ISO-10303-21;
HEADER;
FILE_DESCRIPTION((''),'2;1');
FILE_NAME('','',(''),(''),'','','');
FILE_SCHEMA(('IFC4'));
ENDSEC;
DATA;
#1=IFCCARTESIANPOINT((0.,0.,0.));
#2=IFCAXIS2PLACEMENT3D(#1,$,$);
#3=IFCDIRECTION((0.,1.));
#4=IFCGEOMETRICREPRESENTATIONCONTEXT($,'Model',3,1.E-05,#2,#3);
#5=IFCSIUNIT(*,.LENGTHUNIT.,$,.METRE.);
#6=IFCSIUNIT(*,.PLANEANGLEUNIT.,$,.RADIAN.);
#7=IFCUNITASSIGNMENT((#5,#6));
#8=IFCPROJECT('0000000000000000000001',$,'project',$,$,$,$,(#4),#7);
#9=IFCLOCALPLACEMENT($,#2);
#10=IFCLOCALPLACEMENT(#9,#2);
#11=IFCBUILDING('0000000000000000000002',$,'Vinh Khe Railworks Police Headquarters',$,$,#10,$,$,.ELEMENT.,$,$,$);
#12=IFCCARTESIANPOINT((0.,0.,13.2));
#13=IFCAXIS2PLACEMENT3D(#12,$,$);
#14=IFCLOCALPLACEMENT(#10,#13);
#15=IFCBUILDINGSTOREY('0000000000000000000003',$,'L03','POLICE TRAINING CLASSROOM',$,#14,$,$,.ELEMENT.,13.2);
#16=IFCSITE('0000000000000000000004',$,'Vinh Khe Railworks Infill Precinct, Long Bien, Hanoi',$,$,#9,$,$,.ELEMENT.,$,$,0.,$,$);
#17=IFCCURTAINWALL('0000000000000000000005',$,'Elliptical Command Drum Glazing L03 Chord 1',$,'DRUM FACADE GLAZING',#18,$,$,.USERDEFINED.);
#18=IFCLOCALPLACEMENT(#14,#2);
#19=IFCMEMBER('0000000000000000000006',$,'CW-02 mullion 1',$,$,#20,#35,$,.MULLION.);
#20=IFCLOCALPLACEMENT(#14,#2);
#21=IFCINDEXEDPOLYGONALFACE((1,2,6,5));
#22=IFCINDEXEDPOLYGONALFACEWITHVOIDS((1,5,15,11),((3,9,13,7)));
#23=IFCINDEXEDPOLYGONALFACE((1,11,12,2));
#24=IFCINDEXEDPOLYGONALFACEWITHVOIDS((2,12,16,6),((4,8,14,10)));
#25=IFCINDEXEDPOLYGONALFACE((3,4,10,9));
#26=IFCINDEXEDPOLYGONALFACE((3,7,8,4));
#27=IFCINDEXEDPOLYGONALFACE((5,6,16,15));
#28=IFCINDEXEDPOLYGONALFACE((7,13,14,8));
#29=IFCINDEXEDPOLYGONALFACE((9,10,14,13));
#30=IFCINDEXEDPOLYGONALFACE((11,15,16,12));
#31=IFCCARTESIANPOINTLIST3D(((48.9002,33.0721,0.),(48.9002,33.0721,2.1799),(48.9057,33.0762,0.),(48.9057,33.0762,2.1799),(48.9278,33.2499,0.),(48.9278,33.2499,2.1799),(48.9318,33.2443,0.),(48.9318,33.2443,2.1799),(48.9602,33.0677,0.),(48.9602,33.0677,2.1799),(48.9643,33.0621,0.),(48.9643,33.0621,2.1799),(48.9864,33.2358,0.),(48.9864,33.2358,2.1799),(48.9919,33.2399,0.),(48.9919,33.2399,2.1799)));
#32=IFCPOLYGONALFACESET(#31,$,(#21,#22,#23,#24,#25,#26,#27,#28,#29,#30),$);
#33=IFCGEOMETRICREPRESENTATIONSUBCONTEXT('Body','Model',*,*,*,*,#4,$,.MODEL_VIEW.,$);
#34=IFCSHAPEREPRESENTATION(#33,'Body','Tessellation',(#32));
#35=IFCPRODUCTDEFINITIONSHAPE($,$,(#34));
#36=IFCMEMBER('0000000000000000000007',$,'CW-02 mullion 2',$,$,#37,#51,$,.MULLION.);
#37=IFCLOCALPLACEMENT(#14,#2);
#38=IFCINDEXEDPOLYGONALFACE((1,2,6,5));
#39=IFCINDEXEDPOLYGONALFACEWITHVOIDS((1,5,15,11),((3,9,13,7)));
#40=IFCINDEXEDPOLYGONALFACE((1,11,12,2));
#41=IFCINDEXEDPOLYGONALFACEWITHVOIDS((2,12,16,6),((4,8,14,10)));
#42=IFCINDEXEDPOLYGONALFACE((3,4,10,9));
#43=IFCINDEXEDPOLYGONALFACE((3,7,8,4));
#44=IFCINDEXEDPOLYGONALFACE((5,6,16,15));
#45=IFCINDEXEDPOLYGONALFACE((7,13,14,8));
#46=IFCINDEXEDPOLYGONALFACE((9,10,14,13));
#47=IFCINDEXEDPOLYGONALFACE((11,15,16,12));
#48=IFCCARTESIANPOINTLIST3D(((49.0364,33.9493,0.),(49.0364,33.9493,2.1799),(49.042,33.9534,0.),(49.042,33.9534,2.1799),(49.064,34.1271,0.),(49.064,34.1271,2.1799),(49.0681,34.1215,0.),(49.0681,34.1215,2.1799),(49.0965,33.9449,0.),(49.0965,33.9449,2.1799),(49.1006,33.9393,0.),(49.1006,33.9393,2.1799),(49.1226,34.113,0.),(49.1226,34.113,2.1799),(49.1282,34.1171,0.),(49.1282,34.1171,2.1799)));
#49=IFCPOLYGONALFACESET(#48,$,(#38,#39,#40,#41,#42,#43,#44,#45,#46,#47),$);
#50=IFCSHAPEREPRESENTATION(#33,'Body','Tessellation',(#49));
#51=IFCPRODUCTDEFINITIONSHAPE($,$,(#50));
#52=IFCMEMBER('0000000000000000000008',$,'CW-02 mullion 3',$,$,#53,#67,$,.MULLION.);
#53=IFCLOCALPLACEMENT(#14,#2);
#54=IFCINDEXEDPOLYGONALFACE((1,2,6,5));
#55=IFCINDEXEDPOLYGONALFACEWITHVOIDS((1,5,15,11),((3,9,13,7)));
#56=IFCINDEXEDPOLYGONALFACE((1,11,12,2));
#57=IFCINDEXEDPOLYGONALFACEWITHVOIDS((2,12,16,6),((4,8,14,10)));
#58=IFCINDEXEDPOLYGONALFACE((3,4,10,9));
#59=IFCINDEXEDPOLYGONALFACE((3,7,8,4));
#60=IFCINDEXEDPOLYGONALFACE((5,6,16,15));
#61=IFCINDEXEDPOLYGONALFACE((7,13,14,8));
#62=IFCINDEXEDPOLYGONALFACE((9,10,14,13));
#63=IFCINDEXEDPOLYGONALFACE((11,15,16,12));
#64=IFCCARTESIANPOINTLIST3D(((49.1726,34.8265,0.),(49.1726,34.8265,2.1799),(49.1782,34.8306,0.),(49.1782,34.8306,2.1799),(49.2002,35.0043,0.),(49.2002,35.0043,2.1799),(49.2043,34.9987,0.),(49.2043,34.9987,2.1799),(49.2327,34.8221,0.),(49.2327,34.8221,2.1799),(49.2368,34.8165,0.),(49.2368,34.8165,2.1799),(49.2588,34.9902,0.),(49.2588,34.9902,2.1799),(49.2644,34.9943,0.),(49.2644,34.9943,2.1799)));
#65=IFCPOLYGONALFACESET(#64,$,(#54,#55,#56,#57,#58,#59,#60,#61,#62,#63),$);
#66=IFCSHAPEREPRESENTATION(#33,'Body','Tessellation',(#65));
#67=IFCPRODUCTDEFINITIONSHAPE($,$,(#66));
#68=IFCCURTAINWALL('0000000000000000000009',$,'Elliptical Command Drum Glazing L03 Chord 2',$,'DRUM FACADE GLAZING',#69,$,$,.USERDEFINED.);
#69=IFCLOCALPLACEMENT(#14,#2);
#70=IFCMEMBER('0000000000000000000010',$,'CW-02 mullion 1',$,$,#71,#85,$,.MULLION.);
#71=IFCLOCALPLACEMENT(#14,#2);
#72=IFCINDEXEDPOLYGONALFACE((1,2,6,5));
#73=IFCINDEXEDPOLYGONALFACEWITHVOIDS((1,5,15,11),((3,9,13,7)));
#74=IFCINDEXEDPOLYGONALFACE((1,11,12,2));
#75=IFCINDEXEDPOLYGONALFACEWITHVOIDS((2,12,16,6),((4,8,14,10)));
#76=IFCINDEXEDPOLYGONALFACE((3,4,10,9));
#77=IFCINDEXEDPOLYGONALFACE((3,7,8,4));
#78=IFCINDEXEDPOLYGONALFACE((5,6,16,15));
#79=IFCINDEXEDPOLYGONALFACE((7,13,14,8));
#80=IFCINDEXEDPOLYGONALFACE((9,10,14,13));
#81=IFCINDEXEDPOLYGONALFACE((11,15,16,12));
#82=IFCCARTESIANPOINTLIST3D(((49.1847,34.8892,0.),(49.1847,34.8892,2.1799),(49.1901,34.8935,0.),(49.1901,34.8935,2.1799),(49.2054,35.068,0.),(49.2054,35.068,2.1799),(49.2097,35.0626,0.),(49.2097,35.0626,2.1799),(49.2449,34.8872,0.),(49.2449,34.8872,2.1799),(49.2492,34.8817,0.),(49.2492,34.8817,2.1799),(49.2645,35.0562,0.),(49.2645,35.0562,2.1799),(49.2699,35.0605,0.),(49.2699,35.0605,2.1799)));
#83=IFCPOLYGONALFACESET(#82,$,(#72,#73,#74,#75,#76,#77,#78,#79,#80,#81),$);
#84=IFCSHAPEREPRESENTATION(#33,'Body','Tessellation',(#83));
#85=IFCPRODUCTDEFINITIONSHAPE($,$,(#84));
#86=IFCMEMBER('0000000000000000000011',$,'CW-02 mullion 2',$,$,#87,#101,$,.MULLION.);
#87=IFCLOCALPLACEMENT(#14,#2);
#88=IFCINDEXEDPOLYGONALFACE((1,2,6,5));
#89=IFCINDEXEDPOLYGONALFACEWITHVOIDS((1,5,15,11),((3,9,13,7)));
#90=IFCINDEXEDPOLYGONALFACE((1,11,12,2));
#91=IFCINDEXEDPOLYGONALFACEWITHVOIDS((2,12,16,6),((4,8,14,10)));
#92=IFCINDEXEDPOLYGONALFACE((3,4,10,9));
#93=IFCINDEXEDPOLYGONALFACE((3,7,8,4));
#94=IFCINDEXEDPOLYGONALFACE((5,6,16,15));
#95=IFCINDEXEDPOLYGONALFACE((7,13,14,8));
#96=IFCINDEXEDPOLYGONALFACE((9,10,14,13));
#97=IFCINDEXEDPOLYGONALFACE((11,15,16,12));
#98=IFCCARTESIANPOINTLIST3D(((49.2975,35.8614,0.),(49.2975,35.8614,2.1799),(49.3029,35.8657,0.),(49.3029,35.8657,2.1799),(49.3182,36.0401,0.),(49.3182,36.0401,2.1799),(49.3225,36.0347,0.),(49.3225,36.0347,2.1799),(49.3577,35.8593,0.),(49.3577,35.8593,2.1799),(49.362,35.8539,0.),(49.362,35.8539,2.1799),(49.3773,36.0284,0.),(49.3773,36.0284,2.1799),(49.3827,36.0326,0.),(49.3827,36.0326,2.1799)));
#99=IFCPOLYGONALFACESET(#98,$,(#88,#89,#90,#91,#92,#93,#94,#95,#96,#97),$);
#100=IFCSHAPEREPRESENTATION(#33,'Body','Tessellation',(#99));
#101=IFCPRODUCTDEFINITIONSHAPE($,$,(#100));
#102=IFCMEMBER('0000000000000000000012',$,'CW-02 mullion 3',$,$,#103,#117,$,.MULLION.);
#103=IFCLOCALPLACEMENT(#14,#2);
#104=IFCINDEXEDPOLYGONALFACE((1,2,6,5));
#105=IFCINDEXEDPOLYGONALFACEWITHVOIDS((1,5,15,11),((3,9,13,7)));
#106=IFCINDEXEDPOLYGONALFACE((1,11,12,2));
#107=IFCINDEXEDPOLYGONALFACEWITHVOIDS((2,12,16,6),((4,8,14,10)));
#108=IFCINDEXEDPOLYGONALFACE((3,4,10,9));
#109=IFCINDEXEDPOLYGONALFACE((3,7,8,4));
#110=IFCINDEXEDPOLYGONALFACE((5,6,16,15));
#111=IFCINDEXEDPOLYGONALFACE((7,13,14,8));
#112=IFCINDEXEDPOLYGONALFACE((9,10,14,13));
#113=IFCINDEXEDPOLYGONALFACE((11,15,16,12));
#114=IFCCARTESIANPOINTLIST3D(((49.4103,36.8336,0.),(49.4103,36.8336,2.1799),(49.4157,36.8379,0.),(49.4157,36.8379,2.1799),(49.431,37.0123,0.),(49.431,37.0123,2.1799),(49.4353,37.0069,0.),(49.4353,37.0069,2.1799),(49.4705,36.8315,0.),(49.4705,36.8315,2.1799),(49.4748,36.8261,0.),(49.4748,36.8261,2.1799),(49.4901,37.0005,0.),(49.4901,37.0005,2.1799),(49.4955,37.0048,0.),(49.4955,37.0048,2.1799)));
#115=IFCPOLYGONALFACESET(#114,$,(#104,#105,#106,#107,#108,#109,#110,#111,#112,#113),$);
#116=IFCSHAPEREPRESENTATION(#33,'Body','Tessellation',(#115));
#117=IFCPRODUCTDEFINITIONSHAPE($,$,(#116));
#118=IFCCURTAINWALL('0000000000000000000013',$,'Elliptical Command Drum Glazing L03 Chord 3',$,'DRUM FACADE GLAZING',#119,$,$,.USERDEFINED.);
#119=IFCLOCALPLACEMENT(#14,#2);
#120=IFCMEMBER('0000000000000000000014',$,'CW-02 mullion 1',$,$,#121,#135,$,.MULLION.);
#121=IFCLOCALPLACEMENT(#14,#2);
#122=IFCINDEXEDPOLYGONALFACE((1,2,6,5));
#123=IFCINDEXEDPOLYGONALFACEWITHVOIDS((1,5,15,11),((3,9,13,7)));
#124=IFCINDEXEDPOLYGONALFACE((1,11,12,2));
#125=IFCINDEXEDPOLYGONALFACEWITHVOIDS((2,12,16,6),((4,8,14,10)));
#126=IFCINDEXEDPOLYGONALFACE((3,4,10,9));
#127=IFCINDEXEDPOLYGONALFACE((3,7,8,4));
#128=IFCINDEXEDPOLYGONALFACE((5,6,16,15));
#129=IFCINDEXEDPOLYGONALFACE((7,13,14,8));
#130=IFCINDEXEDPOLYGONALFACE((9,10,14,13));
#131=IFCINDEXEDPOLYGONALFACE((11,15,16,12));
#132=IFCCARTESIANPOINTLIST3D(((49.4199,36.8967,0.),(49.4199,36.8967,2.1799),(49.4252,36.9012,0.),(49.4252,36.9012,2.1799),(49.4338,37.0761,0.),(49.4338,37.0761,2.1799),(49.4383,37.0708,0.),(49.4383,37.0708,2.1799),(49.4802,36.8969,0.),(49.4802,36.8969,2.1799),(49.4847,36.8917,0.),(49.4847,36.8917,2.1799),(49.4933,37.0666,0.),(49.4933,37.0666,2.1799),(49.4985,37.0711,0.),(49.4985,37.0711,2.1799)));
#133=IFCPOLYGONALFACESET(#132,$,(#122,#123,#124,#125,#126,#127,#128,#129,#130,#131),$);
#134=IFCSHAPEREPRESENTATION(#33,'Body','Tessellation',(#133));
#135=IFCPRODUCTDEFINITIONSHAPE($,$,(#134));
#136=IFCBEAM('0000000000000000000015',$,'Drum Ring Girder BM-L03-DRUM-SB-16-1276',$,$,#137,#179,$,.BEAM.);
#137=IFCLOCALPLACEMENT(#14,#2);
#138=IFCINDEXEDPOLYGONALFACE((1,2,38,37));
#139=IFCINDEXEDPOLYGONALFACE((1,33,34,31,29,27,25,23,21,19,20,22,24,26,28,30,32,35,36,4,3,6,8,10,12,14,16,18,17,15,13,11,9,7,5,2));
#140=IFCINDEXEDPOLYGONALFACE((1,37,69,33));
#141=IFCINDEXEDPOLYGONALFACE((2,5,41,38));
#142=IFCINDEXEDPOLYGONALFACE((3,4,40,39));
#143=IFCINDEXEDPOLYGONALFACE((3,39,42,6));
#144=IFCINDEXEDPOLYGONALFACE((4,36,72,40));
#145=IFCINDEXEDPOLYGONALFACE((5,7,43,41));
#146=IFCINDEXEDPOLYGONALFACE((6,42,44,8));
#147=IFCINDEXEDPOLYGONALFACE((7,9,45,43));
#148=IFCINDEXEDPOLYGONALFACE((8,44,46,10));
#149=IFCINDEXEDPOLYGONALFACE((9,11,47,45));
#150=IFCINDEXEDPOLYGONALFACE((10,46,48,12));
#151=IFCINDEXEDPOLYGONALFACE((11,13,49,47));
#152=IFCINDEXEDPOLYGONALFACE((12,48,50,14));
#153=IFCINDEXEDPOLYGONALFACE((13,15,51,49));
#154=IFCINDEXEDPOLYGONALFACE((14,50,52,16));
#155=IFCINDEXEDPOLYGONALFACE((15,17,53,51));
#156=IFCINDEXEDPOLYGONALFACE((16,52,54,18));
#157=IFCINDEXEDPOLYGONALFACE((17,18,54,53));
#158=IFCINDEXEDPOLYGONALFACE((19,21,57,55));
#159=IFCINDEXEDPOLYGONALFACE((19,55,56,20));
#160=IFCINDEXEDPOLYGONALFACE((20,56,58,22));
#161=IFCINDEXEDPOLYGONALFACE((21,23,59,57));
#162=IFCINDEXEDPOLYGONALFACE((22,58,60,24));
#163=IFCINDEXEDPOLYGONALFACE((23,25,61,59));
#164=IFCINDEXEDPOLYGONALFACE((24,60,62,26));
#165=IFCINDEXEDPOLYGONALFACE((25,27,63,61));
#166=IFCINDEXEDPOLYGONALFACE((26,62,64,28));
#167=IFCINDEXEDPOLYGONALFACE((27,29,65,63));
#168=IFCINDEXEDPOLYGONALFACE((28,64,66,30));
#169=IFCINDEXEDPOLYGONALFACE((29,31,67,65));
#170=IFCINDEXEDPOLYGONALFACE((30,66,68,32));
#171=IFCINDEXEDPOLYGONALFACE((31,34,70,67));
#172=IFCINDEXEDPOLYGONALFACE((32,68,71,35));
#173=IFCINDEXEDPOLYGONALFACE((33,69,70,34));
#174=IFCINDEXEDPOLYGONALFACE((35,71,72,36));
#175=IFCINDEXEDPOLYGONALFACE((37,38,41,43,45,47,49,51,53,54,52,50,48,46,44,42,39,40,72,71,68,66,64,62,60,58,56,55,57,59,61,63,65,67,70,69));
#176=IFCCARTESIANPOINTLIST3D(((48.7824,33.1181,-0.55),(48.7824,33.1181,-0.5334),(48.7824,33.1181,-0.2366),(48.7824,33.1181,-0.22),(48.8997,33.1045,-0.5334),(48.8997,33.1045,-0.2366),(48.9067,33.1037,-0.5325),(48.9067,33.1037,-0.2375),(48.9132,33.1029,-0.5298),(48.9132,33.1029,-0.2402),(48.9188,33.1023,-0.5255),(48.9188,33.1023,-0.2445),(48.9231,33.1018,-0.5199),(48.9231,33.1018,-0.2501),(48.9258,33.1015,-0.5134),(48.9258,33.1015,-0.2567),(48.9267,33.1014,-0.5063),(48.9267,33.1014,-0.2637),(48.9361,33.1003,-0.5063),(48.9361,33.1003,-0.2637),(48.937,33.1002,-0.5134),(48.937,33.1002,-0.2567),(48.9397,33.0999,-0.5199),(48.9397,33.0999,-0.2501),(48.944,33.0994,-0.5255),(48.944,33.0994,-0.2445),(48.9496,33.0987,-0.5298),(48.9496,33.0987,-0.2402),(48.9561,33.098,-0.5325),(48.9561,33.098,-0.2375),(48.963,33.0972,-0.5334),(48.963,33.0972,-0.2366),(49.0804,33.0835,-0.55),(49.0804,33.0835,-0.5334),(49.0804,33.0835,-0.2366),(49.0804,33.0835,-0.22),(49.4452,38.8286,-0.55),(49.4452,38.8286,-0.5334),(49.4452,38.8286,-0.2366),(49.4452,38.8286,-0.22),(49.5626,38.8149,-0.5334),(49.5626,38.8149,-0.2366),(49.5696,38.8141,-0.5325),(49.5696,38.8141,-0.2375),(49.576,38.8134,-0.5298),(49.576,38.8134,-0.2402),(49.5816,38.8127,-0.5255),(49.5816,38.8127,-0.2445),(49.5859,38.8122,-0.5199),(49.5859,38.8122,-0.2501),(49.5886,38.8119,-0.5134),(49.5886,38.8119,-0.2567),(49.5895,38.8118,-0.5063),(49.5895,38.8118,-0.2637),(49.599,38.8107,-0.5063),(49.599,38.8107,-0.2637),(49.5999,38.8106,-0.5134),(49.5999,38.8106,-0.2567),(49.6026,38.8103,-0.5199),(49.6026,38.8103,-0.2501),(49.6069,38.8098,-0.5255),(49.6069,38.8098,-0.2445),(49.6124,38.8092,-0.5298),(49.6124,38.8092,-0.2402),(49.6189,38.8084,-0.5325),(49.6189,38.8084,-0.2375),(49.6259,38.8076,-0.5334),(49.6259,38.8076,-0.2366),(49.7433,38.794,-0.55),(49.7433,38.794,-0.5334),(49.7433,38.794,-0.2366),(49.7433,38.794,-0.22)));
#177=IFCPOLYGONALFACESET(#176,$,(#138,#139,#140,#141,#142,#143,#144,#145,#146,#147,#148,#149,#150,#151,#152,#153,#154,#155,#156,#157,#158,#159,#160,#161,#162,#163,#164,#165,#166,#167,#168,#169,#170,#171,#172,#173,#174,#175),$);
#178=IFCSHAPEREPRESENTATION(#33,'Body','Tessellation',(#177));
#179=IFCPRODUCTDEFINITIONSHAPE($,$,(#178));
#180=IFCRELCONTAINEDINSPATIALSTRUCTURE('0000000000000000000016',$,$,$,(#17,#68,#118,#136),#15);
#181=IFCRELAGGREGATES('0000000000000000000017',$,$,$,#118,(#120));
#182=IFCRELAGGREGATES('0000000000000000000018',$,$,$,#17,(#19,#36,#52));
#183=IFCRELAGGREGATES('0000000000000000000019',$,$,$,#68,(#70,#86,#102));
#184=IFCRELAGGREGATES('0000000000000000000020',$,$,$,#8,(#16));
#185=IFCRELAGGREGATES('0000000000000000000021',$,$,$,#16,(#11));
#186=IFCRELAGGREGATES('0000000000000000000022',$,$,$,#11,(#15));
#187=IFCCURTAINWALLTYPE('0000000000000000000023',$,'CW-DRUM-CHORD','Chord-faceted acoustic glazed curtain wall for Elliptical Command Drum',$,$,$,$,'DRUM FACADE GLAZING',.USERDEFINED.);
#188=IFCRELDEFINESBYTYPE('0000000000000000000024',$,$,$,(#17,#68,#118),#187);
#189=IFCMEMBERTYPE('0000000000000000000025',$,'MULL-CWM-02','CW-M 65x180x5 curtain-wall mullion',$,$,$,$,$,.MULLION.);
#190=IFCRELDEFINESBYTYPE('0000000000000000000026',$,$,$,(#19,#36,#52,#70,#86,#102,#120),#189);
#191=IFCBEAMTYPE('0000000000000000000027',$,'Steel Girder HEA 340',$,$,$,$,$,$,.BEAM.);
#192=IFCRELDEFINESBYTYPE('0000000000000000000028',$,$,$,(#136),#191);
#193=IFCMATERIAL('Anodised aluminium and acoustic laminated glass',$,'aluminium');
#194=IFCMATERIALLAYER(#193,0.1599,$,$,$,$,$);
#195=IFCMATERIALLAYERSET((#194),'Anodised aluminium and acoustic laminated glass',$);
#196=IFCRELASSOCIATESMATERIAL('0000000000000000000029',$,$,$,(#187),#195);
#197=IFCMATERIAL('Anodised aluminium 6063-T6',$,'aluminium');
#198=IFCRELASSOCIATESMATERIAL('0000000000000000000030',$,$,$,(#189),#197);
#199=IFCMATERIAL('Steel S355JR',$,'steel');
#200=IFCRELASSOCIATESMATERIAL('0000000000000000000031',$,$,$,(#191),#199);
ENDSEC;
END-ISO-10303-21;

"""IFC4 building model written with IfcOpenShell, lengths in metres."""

from ifc_helpers import new_model, si_unit, direction, frame, origin, origin_2d, place, context, subcontext, project, spatial, hollow_rectangle, i_section, extrude, material, layer, layer_set, material_profile, profile_set, type_object, element, aggregate, save


model = new_model("IFC4")

# Units and contexts
model_context = context("Model", 3, precision=1e-05, world=origin(), true_north=direction((0.0, 1.0)))
body_context = subcontext(model_context, "Body", "Model", "MODEL_VIEW")
ifc_project = project(units=[si_unit("LENGTHUNIT", "METRE"), si_unit("PLANEANGLEUNIT", "RADIAN")], contexts=[model_context])

# Site, building, storey
site_placement = place(None, origin())
site = spatial("IfcSite", under=ifc_project, at=site_placement, Name="Vinh Khe Railworks Infill Precinct, Long Bien, Hanoi", CompositionType="ELEMENT", RefElevation=0.0)
building_placement = place(site_placement, origin())
building = spatial("IfcBuilding", under=site, at=building_placement, Name="Vinh Khe Railworks Police Headquarters", CompositionType="ELEMENT")
storey_placement = place(building_placement, frame((0.0, 0.0, 13.2)))
storey = spatial("IfcBuildingStorey", under=building, at=storey_placement, Name="L03", Description="POLICE TRAINING CLASSROOM", CompositionType="ELEMENT", Elevation=13.2)

# Curtain walls, members
ifc_material_1 = material(Name="Anodised aluminium and acoustic laminated glass", Category="aluminium")
ifc_layer_1 = layer(ifc_material_1, 0.1599)
ifc_layer_set_1 = layer_set([ifc_layer_1], Name="Anodised aluminium and acoustic laminated glass")
curtain_wall_type = type_object("IfcCurtainWallType", Name="CW-DRUM-CHORD", Description="Chord-faceted acoustic glazed curtain wall for Elliptical Command Drum", ElementType="DRUM FACADE GLAZING", PredefinedType="USERDEFINED", material=ifc_layer_set_1)
curtain_wall_1_placement = place(storey_placement, origin())
curtain_wall_1 = element("IfcCurtainWall", 1, at=curtain_wall_1_placement, inside=storey, type_object=curtain_wall_type, Name="Elliptical Command Drum Glazing L03 Chord 1", ObjectType="DRUM FACADE GLAZING", PredefinedType="USERDEFINED")
ifc_material_2 = material(Name="Anodised aluminium 6063-T6", Category="aluminium")
ifc_material_profile_1 = material_profile(ifc_material_2, hollow_rectangle(XDim=0.0649, YDim=0.1799, WallThickness=0.0049, at=origin_2d()), Name="CW-M 65x180x5")
ifc_profile_set_1 = profile_set([ifc_material_profile_1], Name="Anodised aluminium 6063-T6")
member_type_1 = type_object("IfcMemberType", Name="MULL-CWM-02", Description="CW-M 65x180x5 curtain-wall mullion", PredefinedType="MULLION", material=ifc_profile_set_1)
member_1_placement = place(storey_placement, frame((48.946, 33.156, 0.0), z_axis=(0.0, 0.0, 1.0), x_axis=(-0.98815, 0.153489, 0.0)))
member_1 = element("IfcMember", 2, at=member_1_placement, type_object=member_type_1, Name="CW-02 mullion 1", PredefinedType="MULLION", context=body_context, shape_type="SweptSolid", body=[
    extrude(hollow_rectangle(XDim=0.0649, YDim=0.1799, WallThickness=0.0049, at=origin_2d()), origin(), (0.0, 0.0, 1.0), 2.1799),
])
member_2_placement = place(storey_placement, frame((49.0823, 34.0332, 0.0), z_axis=(0.0, 0.0, 1.0), x_axis=(-0.98815, 0.153489, 0.0)))
member_2 = element("IfcMember", 3, at=member_2_placement, type_object=member_type_1, Name="CW-02 mullion 2", PredefinedType="MULLION", context=body_context, shape_type="SweptSolid", body=[
    extrude(hollow_rectangle(XDim=0.0649, YDim=0.1799, WallThickness=0.0049, at=origin_2d()), origin(), (0.0, 0.0, 1.0), 2.1799),
])
member_3_placement = place(storey_placement, frame((49.2185, 34.9104, 0.0), z_axis=(0.0, 0.0, 1.0), x_axis=(-0.98815, 0.153489, 0.0)))
member_3 = element("IfcMember", 4, at=member_3_placement, type_object=member_type_1, Name="CW-02 mullion 3", PredefinedType="MULLION", context=body_context, shape_type="SweptSolid", body=[
    extrude(hollow_rectangle(XDim=0.0649, YDim=0.1799, WallThickness=0.0049, at=origin_2d()), origin(), (0.0, 0.0, 1.0), 2.1799),
])
curtain_wall_2_placement = place(storey_placement, origin())
curtain_wall_2 = element("IfcCurtainWall", 5, at=curtain_wall_2_placement, inside=storey, type_object=curtain_wall_type, Name="Elliptical Command Drum Glazing L03 Chord 2", ObjectType="DRUM FACADE GLAZING", PredefinedType="USERDEFINED")
member_4_placement = place(storey_placement, frame((49.2273, 34.9749, 0.0), z_axis=(0.0, 0.0, 1.0), x_axis=(-0.993329, 0.115318, 0.0)))
member_4 = element("IfcMember", 6, at=member_4_placement, type_object=member_type_1, Name="CW-02 mullion 1", PredefinedType="MULLION", context=body_context, shape_type="SweptSolid", body=[
    extrude(hollow_rectangle(XDim=0.0649, YDim=0.1799, WallThickness=0.0049, at=origin_2d()), origin(), (0.0, 0.0, 1.0), 2.1799),
])
member_5_placement = place(storey_placement, frame((49.3401, 35.947, 0.0), z_axis=(0.0, 0.0, 1.0), x_axis=(-0.993329, 0.115318, 0.0)))
member_5 = element("IfcMember", 7, at=member_5_placement, type_object=member_type_1, Name="CW-02 mullion 2", PredefinedType="MULLION", context=body_context, shape_type="SweptSolid", body=[
    extrude(hollow_rectangle(XDim=0.0649, YDim=0.1799, WallThickness=0.0049, at=origin_2d()), origin(), (0.0, 0.0, 1.0), 2.1799),
])
member_6_placement = place(storey_placement, frame((49.4529, 36.9192, 0.0), z_axis=(0.0, 0.0, 1.0), x_axis=(-0.993329, 0.115318, 0.0)))
member_6 = element("IfcMember", 8, at=member_6_placement, type_object=member_type_1, Name="CW-02 mullion 3", PredefinedType="MULLION", context=body_context, shape_type="SweptSolid", body=[
    extrude(hollow_rectangle(XDim=0.0649, YDim=0.1799, WallThickness=0.0049, at=origin_2d()), origin(), (0.0, 0.0, 1.0), 2.1799),
])

# Curtain wall, member
curtain_wall_3_placement = place(storey_placement, origin())
curtain_wall_3 = element("IfcCurtainWall", 9, at=curtain_wall_3_placement, inside=storey, type_object=curtain_wall_type, Name="Elliptical Command Drum Glazing L03 Chord 3", ObjectType="DRUM FACADE GLAZING", PredefinedType="USERDEFINED")
member_7_placement = place(storey_placement, frame((49.4592, 36.9839, 0.0), z_axis=(0.0, 0.0, 1.0), x_axis=(-0.997033, 0.076969, 0.0)))
member_7 = element("IfcMember", 10, at=member_7_placement, type_object=member_type_1, Name="CW-02 mullion 1", PredefinedType="MULLION", context=body_context, shape_type="SweptSolid", body=[
    extrude(hollow_rectangle(XDim=0.0649, YDim=0.1799, WallThickness=0.0049, at=origin_2d()), origin(), (0.0, 0.0, 1.0), 2.1799),
])

# Beam
ifc_material_3 = material(Name="Steel S355JR", Category="steel")
ifc_material_profile_2 = material_profile(ifc_material_3, i_section(OverallWidth=0.3, OverallDepth=0.3301, WebThickness=0.0095, FlangeThickness=0.0166, FilletRadius=0.0271, at=origin_2d()), Name="HEA 340")
ifc_profile_set_2 = profile_set([ifc_material_profile_2], Name="Steel S355JR")
beam_type = type_object("IfcBeamType", Name="Steel Girder HEA 340", PredefinedType="BEAM", material=ifc_profile_set_2)
beam_1_placement = place(storey_placement, frame((48.9314, 33.1008, -0.385), z_axis=(0.115301, 0.993331, 0.0), x_axis=(-0.993331, 0.115301, 0.0)))
element("IfcBeam", 11, at=beam_1_placement, inside=storey, type_object=beam_type, Name="Drum Ring Girder BM-L03-DRUM-SB-16-1276", PredefinedType="BEAM", context=body_context, shape_type="SweptSolid", body=[
    extrude(i_section(OverallWidth=0.3, OverallDepth=0.3301, WebThickness=0.0095, FlangeThickness=0.0166, FilletRadius=0.0271, at=origin_2d()), origin(), (0.0, 0.0, 1.0), 5.7488),
])

aggregate(curtain_wall_3, [member_7])

aggregate(curtain_wall_1, [member_1, member_2, member_3])
aggregate(curtain_wall_2, [member_4, member_5, member_6])

save(model, "model.ifc")
